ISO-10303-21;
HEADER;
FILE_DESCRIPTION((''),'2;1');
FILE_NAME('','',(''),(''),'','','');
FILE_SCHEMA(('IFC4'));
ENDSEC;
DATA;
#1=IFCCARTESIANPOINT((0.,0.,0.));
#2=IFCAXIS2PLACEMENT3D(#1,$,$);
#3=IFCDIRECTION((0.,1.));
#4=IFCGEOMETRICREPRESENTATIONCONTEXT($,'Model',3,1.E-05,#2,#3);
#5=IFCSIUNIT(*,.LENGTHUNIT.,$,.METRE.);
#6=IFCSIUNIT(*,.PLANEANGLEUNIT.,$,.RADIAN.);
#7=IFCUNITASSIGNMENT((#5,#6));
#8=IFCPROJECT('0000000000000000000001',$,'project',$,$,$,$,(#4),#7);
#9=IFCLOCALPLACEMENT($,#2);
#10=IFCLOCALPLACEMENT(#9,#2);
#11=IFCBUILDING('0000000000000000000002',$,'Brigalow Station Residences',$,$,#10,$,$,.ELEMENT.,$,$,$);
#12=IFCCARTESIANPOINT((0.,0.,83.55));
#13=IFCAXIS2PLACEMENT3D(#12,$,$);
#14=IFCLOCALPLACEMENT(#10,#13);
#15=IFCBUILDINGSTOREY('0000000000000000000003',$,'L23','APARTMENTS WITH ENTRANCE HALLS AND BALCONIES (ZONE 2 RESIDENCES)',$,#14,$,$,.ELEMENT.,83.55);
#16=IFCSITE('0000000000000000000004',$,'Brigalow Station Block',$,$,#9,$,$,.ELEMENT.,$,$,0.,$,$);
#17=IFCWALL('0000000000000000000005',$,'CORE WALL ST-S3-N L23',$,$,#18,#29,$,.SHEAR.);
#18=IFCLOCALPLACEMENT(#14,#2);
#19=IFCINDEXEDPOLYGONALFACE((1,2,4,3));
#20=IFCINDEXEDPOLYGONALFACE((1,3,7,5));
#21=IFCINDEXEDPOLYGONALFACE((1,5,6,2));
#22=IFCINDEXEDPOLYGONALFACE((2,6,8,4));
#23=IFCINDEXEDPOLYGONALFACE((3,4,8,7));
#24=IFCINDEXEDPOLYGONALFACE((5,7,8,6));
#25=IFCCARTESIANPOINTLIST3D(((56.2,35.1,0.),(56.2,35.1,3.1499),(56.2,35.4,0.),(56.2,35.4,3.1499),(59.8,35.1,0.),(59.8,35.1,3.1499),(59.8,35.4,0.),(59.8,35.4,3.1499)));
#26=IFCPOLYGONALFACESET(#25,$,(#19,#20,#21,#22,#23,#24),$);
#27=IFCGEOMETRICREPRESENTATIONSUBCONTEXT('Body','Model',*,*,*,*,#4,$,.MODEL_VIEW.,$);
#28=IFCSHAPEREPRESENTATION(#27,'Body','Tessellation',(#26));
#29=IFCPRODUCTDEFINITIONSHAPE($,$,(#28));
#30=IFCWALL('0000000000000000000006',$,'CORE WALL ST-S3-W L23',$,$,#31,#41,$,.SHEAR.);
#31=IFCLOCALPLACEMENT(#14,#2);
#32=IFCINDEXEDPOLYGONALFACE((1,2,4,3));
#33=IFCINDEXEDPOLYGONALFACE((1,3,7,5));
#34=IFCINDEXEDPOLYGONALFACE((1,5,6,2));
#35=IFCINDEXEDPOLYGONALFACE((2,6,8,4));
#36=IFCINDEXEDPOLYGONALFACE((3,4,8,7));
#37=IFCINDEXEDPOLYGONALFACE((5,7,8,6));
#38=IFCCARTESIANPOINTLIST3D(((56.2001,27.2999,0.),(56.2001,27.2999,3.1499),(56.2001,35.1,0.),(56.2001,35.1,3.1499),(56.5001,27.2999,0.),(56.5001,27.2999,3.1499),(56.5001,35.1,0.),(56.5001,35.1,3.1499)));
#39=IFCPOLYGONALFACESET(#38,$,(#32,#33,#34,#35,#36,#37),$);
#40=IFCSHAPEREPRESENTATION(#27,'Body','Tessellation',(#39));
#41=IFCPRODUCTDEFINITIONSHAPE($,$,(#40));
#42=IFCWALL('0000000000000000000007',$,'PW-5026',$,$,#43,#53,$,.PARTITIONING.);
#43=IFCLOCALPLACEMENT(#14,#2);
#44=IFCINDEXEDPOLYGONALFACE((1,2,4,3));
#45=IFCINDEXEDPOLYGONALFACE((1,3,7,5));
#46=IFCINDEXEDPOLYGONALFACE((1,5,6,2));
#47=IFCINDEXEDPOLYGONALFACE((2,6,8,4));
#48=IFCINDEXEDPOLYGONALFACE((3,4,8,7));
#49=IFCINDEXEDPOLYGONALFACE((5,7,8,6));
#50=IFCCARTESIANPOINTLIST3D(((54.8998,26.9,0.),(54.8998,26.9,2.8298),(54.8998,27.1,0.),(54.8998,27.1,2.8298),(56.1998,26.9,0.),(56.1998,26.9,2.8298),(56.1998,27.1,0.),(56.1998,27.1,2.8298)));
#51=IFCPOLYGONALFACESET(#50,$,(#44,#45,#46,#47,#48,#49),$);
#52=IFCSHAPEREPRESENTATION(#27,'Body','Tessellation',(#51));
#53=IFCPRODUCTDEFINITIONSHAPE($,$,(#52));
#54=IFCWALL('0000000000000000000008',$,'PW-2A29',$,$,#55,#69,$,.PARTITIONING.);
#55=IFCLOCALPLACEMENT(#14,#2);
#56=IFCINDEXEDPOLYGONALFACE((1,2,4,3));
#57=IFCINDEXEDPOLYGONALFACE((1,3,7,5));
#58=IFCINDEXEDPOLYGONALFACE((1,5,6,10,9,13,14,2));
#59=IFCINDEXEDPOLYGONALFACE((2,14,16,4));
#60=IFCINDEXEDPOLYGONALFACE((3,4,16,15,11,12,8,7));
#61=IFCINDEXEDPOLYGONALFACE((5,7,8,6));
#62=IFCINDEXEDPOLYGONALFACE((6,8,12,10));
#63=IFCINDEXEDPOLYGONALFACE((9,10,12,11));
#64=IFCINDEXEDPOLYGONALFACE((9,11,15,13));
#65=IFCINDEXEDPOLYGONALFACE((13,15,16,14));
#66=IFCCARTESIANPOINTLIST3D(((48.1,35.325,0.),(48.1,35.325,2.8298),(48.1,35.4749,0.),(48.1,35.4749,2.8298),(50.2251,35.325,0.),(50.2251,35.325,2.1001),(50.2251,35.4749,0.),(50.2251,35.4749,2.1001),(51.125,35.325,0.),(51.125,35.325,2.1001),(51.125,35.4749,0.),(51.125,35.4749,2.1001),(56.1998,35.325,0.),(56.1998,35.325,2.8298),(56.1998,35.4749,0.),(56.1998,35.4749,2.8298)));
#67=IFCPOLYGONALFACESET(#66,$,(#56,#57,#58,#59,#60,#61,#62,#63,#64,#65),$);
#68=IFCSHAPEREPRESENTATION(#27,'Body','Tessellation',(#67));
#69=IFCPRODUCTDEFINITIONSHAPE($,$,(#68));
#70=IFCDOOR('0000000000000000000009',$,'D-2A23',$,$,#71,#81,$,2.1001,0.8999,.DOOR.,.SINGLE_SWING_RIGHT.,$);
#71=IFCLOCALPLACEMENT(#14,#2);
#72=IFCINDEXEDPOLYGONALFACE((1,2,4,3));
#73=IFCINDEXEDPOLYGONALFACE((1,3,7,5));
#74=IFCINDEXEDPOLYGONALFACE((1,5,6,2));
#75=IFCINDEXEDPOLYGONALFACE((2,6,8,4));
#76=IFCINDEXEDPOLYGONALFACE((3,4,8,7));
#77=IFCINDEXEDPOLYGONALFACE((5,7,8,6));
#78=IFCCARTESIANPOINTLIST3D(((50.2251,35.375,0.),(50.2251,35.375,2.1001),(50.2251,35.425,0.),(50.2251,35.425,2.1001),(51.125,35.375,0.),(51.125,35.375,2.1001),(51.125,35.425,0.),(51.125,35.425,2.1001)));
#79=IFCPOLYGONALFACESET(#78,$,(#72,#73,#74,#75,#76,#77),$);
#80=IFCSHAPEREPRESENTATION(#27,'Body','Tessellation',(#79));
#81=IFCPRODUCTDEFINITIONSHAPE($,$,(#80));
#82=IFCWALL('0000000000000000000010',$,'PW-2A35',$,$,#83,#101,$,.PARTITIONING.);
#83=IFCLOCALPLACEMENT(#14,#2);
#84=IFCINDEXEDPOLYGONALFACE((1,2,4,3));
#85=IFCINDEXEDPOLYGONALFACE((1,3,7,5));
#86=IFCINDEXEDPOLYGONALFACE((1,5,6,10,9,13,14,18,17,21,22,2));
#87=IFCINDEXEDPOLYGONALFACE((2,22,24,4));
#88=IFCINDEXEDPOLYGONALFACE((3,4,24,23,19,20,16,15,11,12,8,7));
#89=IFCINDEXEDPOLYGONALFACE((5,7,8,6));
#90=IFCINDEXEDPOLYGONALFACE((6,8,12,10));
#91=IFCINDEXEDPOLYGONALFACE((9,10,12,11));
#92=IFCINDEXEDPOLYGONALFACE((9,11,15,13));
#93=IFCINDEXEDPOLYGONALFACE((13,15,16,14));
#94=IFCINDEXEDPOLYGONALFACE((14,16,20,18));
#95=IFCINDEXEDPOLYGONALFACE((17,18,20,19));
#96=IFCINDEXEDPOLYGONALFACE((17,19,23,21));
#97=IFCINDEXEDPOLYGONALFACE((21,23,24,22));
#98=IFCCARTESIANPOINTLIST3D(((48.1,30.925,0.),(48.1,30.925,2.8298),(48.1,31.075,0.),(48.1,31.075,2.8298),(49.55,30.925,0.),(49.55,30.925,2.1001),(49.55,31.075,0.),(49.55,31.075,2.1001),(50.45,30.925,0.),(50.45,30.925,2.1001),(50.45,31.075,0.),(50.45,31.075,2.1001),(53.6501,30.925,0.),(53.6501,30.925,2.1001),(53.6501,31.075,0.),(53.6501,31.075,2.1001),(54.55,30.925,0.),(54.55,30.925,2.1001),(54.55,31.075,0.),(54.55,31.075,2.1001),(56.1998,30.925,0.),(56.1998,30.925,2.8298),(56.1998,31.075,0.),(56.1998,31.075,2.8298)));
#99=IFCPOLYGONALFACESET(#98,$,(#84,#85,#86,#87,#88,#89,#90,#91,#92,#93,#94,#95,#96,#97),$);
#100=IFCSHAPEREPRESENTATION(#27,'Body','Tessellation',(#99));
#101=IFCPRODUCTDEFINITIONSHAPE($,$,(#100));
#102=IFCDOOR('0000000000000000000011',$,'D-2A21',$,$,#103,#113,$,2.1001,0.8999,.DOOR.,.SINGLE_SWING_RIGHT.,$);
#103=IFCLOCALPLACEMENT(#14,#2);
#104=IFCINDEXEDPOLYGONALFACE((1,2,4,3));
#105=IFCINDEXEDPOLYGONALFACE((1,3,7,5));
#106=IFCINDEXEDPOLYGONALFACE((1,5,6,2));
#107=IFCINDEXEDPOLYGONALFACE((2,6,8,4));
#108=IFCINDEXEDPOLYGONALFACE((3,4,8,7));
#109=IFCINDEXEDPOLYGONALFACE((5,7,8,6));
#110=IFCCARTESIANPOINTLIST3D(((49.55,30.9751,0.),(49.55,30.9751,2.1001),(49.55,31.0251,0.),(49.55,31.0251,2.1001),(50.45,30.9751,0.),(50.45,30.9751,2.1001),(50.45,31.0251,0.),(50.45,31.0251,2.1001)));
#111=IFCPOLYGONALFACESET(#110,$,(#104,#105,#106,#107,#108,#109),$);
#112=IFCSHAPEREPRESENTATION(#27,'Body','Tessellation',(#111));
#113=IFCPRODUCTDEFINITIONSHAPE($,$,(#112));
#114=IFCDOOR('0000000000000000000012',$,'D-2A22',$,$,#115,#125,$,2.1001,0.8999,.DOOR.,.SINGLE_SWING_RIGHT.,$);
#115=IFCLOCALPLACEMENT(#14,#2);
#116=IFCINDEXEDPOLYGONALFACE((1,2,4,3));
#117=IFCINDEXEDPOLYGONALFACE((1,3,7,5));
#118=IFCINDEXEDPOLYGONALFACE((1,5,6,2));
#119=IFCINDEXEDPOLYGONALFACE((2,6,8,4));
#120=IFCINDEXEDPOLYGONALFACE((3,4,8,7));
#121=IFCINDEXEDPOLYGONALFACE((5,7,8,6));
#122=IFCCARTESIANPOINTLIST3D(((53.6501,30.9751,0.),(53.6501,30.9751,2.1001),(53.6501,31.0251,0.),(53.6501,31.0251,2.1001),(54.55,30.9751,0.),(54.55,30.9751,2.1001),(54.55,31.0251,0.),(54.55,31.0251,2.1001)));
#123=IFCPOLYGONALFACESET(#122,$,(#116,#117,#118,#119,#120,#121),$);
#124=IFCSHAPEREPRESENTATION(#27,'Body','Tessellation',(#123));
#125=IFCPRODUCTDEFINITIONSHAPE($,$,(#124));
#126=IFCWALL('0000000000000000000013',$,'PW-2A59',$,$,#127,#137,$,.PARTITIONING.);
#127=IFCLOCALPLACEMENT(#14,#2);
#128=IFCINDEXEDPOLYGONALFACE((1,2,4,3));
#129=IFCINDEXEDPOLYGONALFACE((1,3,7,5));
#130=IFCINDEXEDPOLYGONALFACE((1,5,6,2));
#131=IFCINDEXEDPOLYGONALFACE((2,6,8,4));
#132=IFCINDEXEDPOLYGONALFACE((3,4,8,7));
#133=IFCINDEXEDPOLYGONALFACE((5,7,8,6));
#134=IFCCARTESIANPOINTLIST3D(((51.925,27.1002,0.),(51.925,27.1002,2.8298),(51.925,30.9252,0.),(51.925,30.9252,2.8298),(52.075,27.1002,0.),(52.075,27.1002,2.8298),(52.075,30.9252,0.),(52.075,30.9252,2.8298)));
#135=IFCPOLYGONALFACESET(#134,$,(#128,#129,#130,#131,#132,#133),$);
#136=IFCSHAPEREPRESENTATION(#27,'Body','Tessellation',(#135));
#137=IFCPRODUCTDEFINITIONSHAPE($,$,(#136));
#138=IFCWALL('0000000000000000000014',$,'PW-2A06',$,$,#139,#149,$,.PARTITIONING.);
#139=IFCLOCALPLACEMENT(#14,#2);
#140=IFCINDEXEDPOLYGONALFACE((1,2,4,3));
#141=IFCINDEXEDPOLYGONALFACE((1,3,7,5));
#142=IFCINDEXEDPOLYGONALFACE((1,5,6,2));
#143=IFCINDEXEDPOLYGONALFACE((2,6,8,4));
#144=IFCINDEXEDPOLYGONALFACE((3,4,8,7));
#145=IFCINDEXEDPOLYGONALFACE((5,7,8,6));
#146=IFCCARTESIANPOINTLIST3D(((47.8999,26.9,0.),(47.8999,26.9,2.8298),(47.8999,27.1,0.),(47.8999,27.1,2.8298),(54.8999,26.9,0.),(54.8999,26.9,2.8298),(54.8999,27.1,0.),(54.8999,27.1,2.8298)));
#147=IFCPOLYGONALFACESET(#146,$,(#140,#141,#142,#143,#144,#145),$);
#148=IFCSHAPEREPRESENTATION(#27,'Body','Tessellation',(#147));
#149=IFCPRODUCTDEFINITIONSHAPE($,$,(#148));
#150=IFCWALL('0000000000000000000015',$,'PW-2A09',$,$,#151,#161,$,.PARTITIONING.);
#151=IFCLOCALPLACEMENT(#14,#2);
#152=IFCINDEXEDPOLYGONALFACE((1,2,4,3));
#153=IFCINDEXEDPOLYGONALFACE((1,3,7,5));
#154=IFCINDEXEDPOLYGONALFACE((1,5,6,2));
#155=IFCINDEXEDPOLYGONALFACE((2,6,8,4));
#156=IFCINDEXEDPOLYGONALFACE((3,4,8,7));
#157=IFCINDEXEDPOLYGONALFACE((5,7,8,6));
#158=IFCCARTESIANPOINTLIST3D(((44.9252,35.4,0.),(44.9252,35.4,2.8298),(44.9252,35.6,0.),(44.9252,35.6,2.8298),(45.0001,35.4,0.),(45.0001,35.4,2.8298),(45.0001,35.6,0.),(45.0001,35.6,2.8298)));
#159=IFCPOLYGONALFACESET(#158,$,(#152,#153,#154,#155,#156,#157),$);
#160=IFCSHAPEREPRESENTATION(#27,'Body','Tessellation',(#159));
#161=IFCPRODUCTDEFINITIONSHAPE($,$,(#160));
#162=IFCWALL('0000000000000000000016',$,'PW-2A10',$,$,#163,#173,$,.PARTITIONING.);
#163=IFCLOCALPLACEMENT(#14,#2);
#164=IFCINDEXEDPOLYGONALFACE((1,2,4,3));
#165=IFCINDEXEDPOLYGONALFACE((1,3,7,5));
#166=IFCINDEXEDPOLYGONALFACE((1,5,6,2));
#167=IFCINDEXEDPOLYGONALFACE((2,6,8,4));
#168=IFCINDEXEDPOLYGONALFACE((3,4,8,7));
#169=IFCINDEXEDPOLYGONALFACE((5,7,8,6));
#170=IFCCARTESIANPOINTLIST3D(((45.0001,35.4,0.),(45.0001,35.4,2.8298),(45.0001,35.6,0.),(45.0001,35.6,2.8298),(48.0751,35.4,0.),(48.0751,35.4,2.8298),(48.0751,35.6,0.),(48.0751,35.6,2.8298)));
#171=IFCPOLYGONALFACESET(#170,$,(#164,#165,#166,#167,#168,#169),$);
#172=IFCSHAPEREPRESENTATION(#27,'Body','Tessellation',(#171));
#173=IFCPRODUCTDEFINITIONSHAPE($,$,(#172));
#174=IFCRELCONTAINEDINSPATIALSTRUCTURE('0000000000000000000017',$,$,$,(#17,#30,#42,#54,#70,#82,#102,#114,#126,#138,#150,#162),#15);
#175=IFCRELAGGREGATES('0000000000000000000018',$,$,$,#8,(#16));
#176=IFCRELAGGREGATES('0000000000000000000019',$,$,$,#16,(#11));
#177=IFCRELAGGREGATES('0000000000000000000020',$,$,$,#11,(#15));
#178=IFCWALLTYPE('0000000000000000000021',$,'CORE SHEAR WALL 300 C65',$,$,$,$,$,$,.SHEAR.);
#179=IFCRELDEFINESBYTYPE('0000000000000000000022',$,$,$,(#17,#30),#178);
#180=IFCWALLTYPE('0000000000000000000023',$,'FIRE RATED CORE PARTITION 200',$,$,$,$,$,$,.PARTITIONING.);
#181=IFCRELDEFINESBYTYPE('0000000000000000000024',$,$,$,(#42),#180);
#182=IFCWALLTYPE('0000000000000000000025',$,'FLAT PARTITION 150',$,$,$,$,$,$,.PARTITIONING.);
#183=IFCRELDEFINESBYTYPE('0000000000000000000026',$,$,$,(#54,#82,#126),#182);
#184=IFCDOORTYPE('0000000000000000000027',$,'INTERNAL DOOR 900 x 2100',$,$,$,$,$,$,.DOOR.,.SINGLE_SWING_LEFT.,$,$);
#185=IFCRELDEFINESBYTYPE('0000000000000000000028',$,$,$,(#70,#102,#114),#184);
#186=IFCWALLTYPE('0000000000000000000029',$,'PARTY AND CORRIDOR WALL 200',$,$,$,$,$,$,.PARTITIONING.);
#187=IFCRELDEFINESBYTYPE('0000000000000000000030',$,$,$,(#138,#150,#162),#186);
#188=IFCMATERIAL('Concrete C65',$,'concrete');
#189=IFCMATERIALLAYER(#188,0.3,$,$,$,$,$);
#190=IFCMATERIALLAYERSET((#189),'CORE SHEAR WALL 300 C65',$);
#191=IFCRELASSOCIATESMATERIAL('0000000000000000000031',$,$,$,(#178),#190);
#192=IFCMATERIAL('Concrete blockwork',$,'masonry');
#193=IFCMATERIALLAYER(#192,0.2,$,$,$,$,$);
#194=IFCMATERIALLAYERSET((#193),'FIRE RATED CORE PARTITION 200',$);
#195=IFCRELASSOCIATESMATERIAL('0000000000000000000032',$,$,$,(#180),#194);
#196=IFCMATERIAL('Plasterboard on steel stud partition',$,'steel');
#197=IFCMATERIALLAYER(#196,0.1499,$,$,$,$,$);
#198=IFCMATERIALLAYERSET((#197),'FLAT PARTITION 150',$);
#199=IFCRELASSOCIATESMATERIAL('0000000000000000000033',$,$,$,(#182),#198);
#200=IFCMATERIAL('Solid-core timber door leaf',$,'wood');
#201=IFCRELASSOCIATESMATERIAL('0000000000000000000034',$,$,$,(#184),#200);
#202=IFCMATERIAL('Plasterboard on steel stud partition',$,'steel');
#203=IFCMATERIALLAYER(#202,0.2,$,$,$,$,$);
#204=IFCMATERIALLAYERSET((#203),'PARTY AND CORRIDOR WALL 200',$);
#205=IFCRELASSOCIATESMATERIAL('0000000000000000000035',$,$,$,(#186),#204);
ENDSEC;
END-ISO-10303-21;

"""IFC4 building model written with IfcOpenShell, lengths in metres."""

from ifc_helpers import new_model, si_unit, direction, frame, frame_2d, origin, place, context, subcontext, project, spatial, rectangle, extrude, material, layer, layer_set, type_object, element, fill, save


model = new_model("IFC4")

# Units and contexts
model_context = context("Model", 3, precision=1e-05, world=origin(), true_north=direction((0.0, 1.0)))
body_context = subcontext(model_context, "Body", "Model", "MODEL_VIEW")
ifc_project = project(units=[si_unit("LENGTHUNIT", "METRE"), si_unit("PLANEANGLEUNIT", "RADIAN")], contexts=[model_context])

# Site, building, storey
site_placement = place(None, origin())
site = spatial("IfcSite", under=ifc_project, at=site_placement, Name="Brigalow Station Block", CompositionType="ELEMENT", RefElevation=0.0)
building_placement = place(site_placement, origin())
building = spatial("IfcBuilding", under=site, at=building_placement, Name="Brigalow Station Residences", CompositionType="ELEMENT")
storey_placement = place(building_placement, frame((0.0, 0.0, 83.55)))
storey = spatial("IfcBuildingStorey", under=building, at=storey_placement, Name="L23", Description="APARTMENTS WITH ENTRANCE HALLS AND BALCONIES (ZONE 2 RESIDENCES)", CompositionType="ELEMENT", Elevation=83.55)

# Shared definitions
ifc_material_1 = material(Name="Concrete C65", Category="concrete")
ifc_layer_1 = layer(ifc_material_1, 0.3)
ifc_layer_set_1 = layer_set([ifc_layer_1], Name="CORE SHEAR WALL 300 C65")
wall_type_1 = type_object("IfcWallType", Name="CORE SHEAR WALL 300 C65", PredefinedType="SHEAR", material=ifc_layer_set_1)

# Walls
wall_1_placement = place(storey_placement, frame((56.2, 35.25, 0.0), z_axis=(0.0, 0.0, 1.0), x_axis=(1.0, 0.0, 0.0)))
element("IfcWall", 1, at=wall_1_placement, inside=storey, type_object=wall_type_1, Name="CORE WALL ST-S3-N L23", PredefinedType="SHEAR", context=body_context, shape_type="SweptSolid", body=[
    extrude(rectangle(XDim=3.6001, YDim=0.3, at=frame_2d((1.8, 0.0))), origin(), (0.0, 0.0, 1.0), 3.1499),
])
wall_2_placement = place(storey_placement, frame((56.3501, 27.3, 0.0), z_axis=(0.0, 0.0, 1.0), x_axis=(0.0, 1.0, 0.0)))
element("IfcWall", 2, at=wall_2_placement, inside=storey, type_object=wall_type_1, Name="CORE WALL ST-S3-W L23", PredefinedType="SHEAR", context=body_context, shape_type="SweptSolid", body=[
    extrude(rectangle(XDim=7.8, YDim=0.3, at=frame_2d((3.8999, 0.0))), origin(), (0.0, 0.0, 1.0), 3.1499),
])
ifc_material_2 = material(Name="Concrete blockwork", Category="masonry")
ifc_layer_2 = layer(ifc_material_2, 0.2)
ifc_layer_set_2 = layer_set([ifc_layer_2], Name="FIRE RATED CORE PARTITION 200")
wall_type_2 = type_object("IfcWallType", Name="FIRE RATED CORE PARTITION 200", PredefinedType="PARTITIONING", material=ifc_layer_set_2)
wall_3_placement = place(storey_placement, frame((54.8999, 27.0, 0.0), z_axis=(0.0, 0.0, 1.0), x_axis=(1.0, 0.0, 0.0)))
element("IfcWall", 3, at=wall_3_placement, inside=storey, type_object=wall_type_2, Name="PW-5026", PredefinedType="PARTITIONING", context=body_context, shape_type="SweptSolid", body=[
    extrude(rectangle(XDim=1.3, YDim=0.2, at=frame_2d((0.6499, 0.0))), origin(), (0.0, 0.0, 1.0), 2.8298),
])

# Wall, opening, door
ifc_material_3 = material(Name="Plasterboard on steel stud partition", Category="steel")
ifc_layer_3 = layer(ifc_material_3, 0.1499)
ifc_layer_set_3 = layer_set([ifc_layer_3], Name="FLAT PARTITION 150")
wall_type_3 = type_object("IfcWallType", Name="FLAT PARTITION 150", PredefinedType="PARTITIONING", material=ifc_layer_set_3)
wall_4_placement = place(storey_placement, frame((48.1001, 35.3999, 0.0), z_axis=(0.0, 0.0, 1.0), x_axis=(1.0, 0.0, 0.0)))
wall_4 = element("IfcWall", 4, at=wall_4_placement, inside=storey, type_object=wall_type_3, Name="PW-2A29", PredefinedType="PARTITIONING", context=body_context, shape_type="SweptSolid", body=[
    extrude(rectangle(XDim=8.0999, YDim=0.1499, at=frame_2d((4.0498, 0.0))), origin(), (0.0, 0.0, 1.0), 2.8298),
])
opening_1_placement = place(wall_4_placement, frame((2.125, 0.0, 0.0)))
opening_1 = element("IfcOpeningElement", 5, at=opening_1_placement, cuts=wall_4, PredefinedType="OPENING", context=body_context, shape_type="SweptSolid", body=[
    extrude(rectangle(XDim=0.8999, YDim=2.1001, at=frame_2d((0.45, 1.05))), frame((0.0, 0.085, 0.0), z_axis=(0.0, -1.0, 0.0), x_axis=(1.0, 0.0, 0.0)), (0.0, 0.0, 1.0), 0.1699),
])
ifc_material_4 = material(Name="Solid-core timber door leaf", Category="wood")
door_type_1 = type_object("IfcDoorType", Name="INTERNAL DOOR 900 x 2100", OperationType="SINGLE_SWING_LEFT", PredefinedType="DOOR", material=ifc_material_4)
door_1_placement = place(opening_1_placement, frame((0.8999, 0.0, 0.0), z_axis=(0.0, 0.0, 1.0), x_axis=(-1.0, 0.0, 0.0)))
door_1 = element("IfcDoor", 6, at=door_1_placement, inside=storey, type_object=door_type_1, Name="D-2A23", OperationType="SINGLE_SWING_RIGHT", OverallHeight=2.1001, OverallWidth=0.8999, PredefinedType="DOOR", context=body_context, shape_type="SweptSolid", body=[
    extrude(rectangle(XDim=0.8999, YDim=2.1001, at=frame_2d((0.45, 1.05))), frame((0.0, 0.0249, 0.0), z_axis=(0.0, -1.0, 0.0), x_axis=(1.0, 0.0, 0.0)), (0.0, 0.0, 1.0), 0.05),
])
fill(opening_1, door_1)

# Wall, openings, doors
wall_5_placement = place(storey_placement, frame((48.1001, 31.0, 0.0), z_axis=(0.0, 0.0, 1.0), x_axis=(1.0, 0.0, 0.0)))
wall_5 = element("IfcWall", 7, at=wall_5_placement, inside=storey, type_object=wall_type_3, Name="PW-2A35", PredefinedType="PARTITIONING", context=body_context, shape_type="SweptSolid", body=[
    extrude(rectangle(XDim=8.0999, YDim=0.1499, at=frame_2d((4.0498, 0.0))), origin(), (0.0, 0.0, 1.0), 2.8298),
])
opening_2_placement = place(wall_5_placement, frame((1.45, 0.0, 0.0)))
opening_2 = element("IfcOpeningElement", 8, at=opening_2_placement, cuts=wall_5, PredefinedType="OPENING", context=body_context, shape_type="SweptSolid", body=[
    extrude(rectangle(XDim=0.8999, YDim=2.1001, at=frame_2d((0.45, 1.05))), frame((0.0, 0.085, 0.0), z_axis=(0.0, -1.0, 0.0), x_axis=(1.0, 0.0, 0.0)), (0.0, 0.0, 1.0), 0.1699),
])
opening_3_placement = place(wall_5_placement, frame((5.55, 0.0, 0.0)))
opening_3 = element("IfcOpeningElement", 9, at=opening_3_placement, cuts=wall_5, PredefinedType="OPENING", context=body_context, shape_type="SweptSolid", body=[
    extrude(rectangle(XDim=0.8999, YDim=2.1001, at=frame_2d((0.45, 1.05))), frame((0.0, 0.085, 0.0), z_axis=(0.0, -1.0, 0.0), x_axis=(1.0, 0.0, 0.0)), (0.0, 0.0, 1.0), 0.1699),
])
door_2_placement = place(opening_2_placement, frame((0.8999, 0.0, 0.0), z_axis=(0.0, 0.0, 1.0), x_axis=(-1.0, 0.0, 0.0)))
door_2 = element("IfcDoor", 10, at=door_2_placement, inside=storey, type_object=door_type_1, Name="D-2A21", OperationType="SINGLE_SWING_RIGHT", OverallHeight=2.1001, OverallWidth=0.8999, PredefinedType="DOOR", context=body_context, shape_type="SweptSolid", body=[
    extrude(rectangle(XDim=0.8999, YDim=2.1001, at=frame_2d((0.45, 1.05))), frame((0.0, 0.0249, 0.0), z_axis=(0.0, -1.0, 0.0), x_axis=(1.0, 0.0, 0.0)), (0.0, 0.0, 1.0), 0.05),
])
fill(opening_2, door_2)
door_3_placement = place(opening_3_placement, frame((0.8999, 0.0, 0.0), z_axis=(0.0, 0.0, 1.0), x_axis=(-1.0, 0.0, 0.0)))
door_3 = element("IfcDoor", 11, at=door_3_placement, inside=storey, type_object=door_type_1, Name="D-2A22", OperationType="SINGLE_SWING_RIGHT", OverallHeight=2.1001, OverallWidth=0.8999, PredefinedType="DOOR", context=body_context, shape_type="SweptSolid", body=[
    extrude(rectangle(XDim=0.8999, YDim=2.1001, at=frame_2d((0.45, 1.05))), frame((0.0, 0.0249, 0.0), z_axis=(0.0, -1.0, 0.0), x_axis=(1.0, 0.0, 0.0)), (0.0, 0.0, 1.0), 0.05),
])
fill(opening_3, door_3)

# Walls
wall_6_placement = place(storey_placement, frame((52.0, 27.1001, 0.0), z_axis=(0.0, 0.0, 1.0), x_axis=(0.0, 1.0, 0.0)))
element("IfcWall", 12, at=wall_6_placement, inside=storey, type_object=wall_type_3, Name="PW-2A59", PredefinedType="PARTITIONING", context=body_context, shape_type="SweptSolid", body=[
    extrude(rectangle(XDim=3.825, YDim=0.1499, at=frame_2d((1.9126, 0.0))), origin(), (0.0, 0.0, 1.0), 2.8298),
])
ifc_material_5 = material(Name="Plasterboard on steel stud partition", Category="steel")
ifc_layer_4 = layer(ifc_material_5, 0.2)
ifc_layer_set_4 = layer_set([ifc_layer_4], Name="PARTY AND CORRIDOR WALL 200")
wall_type_4 = type_object("IfcWallType", Name="PARTY AND CORRIDOR WALL 200", PredefinedType="PARTITIONING", material=ifc_layer_set_4)
wall_7_placement = place(storey_placement, frame((47.8999, 27.0, 0.0), z_axis=(0.0, 0.0, 1.0), x_axis=(1.0, 0.0, 0.0)))
element("IfcWall", 13, at=wall_7_placement, inside=storey, type_object=wall_type_4, Name="PW-2A06", PredefinedType="PARTITIONING", context=body_context, shape_type="SweptSolid", body=[
    extrude(rectangle(XDim=7.0, YDim=0.2, at=frame_2d((3.5, 0.0))), origin(), (0.0, 0.0, 1.0), 2.8298),
])
wall_8_placement = place(storey_placement, frame((44.925, 35.5, 0.0), z_axis=(0.0, 0.0, 1.0), x_axis=(1.0, 0.0, 0.0)))
element("IfcWall", 14, at=wall_8_placement, inside=storey, type_object=wall_type_4, Name="PW-2A09", PredefinedType="PARTITIONING", context=body_context, shape_type="SweptSolid", body=[
    extrude(rectangle(XDim=0.075, YDim=0.2, at=frame_2d((0.0376, 0.0))), origin(), (0.0, 0.0, 1.0), 2.8298),
])
wall_9_placement = place(storey_placement, frame((45.0, 35.5, 0.0), z_axis=(0.0, 0.0, 1.0), x_axis=(1.0, 0.0, 0.0)))
element("IfcWall", 15, at=wall_9_placement, inside=storey, type_object=wall_type_4, Name="PW-2A10", PredefinedType="PARTITIONING", context=body_context, shape_type="SweptSolid", body=[
    extrude(rectangle(XDim=3.075, YDim=0.2, at=frame_2d((1.5376, 0.0))), origin(), (0.0, 0.0, 1.0), 2.8298),
])

save(model, "model.ifc")
